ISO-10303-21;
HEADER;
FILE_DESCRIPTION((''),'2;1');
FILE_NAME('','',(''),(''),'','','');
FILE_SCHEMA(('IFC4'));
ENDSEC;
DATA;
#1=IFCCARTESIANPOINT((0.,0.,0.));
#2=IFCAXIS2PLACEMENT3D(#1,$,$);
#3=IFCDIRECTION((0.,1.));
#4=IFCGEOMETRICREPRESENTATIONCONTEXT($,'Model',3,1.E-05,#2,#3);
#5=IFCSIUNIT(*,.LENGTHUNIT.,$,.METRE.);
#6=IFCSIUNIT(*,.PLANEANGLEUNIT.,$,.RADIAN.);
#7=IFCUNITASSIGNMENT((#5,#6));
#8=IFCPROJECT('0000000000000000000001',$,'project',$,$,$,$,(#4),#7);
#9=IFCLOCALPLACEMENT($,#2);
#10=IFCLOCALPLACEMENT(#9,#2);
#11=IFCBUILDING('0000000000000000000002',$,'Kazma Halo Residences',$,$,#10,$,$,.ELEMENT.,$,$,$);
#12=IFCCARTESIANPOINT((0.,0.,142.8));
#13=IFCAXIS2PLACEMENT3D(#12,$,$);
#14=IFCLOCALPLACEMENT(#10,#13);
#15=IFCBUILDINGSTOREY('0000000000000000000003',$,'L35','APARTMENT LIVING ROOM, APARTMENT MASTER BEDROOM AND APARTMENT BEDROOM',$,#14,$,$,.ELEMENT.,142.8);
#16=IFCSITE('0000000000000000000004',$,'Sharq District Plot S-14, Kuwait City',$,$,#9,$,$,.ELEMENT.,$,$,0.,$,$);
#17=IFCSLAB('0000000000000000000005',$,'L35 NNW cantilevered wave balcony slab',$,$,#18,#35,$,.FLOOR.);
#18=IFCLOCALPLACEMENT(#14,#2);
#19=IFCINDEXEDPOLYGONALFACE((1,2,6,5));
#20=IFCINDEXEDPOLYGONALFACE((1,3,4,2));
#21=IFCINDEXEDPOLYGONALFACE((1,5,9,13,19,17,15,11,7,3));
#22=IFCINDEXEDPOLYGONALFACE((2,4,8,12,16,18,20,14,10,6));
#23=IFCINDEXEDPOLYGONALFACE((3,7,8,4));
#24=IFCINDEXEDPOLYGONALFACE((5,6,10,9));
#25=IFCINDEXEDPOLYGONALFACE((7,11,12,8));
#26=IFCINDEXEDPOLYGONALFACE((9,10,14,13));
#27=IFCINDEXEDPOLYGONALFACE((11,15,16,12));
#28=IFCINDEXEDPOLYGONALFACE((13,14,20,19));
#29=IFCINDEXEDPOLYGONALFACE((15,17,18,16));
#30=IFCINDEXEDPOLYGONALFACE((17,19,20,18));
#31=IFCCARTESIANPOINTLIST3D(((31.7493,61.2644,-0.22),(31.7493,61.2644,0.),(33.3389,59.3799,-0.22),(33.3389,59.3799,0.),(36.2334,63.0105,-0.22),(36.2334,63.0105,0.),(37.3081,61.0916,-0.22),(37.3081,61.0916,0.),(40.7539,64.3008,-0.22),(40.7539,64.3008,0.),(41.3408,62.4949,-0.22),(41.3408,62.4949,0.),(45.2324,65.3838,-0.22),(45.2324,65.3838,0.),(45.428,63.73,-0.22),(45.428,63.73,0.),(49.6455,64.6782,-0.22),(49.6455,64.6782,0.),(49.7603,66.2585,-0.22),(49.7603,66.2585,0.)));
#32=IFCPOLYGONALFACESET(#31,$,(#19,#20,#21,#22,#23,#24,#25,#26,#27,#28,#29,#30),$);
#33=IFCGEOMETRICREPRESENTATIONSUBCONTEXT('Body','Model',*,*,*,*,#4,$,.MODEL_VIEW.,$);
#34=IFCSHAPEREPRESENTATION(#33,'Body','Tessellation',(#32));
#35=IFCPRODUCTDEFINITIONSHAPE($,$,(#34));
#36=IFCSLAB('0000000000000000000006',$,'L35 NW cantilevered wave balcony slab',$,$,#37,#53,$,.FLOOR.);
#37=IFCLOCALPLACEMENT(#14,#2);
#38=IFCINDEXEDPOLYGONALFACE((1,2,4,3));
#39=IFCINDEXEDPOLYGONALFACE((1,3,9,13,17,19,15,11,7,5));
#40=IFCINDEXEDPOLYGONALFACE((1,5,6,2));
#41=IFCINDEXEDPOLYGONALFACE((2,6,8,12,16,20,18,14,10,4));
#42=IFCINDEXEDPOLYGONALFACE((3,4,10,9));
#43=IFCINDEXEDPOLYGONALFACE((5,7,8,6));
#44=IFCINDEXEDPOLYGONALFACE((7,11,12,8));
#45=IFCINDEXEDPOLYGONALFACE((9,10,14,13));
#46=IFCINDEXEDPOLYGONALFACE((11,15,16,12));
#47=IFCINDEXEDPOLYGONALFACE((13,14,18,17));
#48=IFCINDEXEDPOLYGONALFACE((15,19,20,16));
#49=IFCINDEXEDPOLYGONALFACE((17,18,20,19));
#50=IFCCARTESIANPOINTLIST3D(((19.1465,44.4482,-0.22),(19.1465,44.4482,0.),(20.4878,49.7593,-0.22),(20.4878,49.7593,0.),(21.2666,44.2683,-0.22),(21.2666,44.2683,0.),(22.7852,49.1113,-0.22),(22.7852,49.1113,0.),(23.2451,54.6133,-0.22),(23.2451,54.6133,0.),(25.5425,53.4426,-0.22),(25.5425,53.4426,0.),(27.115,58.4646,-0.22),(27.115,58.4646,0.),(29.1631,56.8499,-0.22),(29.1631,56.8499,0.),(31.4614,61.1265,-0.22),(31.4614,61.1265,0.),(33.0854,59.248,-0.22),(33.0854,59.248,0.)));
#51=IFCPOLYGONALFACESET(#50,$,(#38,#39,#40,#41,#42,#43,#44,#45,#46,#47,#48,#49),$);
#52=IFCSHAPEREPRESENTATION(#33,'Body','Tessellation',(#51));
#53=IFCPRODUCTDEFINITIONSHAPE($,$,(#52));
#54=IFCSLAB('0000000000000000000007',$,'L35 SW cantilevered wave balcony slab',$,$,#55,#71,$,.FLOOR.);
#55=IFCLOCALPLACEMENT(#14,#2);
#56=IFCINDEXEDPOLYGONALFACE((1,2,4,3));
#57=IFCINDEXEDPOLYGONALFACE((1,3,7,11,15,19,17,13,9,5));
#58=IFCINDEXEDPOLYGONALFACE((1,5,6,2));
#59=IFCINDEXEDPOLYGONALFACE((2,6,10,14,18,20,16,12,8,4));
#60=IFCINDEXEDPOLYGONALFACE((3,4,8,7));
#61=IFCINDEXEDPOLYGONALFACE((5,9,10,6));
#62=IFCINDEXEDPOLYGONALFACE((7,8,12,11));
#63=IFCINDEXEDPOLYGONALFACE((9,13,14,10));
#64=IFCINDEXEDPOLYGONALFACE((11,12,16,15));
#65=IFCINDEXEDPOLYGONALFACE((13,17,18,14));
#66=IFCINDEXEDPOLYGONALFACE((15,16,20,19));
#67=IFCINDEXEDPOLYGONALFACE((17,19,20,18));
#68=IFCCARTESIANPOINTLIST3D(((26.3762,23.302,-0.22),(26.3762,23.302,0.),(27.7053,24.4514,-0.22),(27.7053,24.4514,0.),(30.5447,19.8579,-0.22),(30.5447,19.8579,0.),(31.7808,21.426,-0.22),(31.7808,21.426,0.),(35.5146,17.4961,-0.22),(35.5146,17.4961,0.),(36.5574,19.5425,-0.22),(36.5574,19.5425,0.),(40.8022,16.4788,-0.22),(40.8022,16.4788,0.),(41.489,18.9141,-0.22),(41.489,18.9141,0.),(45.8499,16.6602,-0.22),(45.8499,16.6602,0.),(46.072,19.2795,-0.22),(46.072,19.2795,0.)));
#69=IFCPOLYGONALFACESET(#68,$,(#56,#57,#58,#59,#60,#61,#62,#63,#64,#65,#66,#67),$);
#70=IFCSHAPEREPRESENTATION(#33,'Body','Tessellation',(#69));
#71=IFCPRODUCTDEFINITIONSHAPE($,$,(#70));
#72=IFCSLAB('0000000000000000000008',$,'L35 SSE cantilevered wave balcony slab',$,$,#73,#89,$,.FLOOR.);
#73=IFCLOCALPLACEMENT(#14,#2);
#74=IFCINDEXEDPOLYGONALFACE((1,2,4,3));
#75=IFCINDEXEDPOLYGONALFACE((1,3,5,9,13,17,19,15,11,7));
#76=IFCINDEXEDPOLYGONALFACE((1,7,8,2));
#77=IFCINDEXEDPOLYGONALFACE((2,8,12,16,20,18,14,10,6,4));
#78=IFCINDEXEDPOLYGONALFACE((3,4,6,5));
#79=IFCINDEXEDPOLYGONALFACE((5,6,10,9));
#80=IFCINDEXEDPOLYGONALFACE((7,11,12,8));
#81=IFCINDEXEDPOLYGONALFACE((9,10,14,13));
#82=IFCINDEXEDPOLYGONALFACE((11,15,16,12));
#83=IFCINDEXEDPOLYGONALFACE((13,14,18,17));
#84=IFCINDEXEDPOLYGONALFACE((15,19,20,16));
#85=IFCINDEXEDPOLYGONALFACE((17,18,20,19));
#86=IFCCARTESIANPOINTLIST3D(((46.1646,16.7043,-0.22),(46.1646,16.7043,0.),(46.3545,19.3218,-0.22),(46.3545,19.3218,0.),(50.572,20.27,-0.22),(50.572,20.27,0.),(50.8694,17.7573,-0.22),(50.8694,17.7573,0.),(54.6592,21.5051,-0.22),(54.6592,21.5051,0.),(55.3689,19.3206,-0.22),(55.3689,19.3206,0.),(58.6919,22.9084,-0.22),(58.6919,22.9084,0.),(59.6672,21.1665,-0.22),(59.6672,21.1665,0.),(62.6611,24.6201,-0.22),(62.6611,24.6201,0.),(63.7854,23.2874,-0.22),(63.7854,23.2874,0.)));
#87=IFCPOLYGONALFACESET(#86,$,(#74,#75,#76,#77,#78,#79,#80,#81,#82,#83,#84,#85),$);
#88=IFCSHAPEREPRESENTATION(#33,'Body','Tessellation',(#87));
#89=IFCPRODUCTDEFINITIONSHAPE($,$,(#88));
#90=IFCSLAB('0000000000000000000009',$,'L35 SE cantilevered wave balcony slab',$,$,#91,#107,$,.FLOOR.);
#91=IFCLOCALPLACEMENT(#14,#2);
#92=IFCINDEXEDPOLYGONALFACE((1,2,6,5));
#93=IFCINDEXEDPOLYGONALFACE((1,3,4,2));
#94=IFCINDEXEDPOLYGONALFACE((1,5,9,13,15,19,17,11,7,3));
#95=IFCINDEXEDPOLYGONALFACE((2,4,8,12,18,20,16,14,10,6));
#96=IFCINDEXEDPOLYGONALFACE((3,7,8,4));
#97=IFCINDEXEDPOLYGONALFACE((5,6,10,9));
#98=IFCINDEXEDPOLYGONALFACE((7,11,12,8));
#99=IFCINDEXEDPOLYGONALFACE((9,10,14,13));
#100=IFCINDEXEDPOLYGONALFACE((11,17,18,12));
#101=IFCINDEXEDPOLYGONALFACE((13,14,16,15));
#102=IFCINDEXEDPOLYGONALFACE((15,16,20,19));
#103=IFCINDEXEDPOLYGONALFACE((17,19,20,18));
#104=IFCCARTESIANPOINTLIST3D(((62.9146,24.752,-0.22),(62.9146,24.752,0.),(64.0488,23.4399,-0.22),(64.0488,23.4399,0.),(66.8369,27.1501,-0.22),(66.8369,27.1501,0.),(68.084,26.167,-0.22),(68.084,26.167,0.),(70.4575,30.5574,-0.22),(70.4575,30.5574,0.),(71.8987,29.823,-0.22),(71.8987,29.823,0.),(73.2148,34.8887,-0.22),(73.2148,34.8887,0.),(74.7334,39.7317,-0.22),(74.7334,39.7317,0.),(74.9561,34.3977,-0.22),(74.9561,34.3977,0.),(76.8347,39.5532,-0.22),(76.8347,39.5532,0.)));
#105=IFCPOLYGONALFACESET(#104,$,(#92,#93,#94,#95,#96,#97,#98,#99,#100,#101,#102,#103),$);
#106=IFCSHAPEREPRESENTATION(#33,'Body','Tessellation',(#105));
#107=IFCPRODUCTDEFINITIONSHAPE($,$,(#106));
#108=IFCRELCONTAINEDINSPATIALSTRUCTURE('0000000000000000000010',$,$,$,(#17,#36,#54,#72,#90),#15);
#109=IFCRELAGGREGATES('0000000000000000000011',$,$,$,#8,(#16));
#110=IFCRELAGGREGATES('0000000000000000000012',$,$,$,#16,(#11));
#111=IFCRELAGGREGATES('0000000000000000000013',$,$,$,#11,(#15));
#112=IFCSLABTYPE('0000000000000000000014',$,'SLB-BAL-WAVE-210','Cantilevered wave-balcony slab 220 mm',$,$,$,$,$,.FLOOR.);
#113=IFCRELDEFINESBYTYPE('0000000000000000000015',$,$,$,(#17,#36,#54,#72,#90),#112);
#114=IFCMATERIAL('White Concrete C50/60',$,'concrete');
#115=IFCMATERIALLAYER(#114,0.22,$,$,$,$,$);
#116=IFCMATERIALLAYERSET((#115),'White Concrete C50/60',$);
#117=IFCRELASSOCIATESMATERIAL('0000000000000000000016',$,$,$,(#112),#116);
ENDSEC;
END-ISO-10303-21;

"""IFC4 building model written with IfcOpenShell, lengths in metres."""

from ifc_helpers import new_model, si_unit, direction, frame, origin, place, context, subcontext, project, spatial, polyline, outline, extrude, material, layer, layer_set, type_object, element, save


model = new_model("IFC4")

# Units and contexts
model_context = context("Model", 3, precision=1e-05, world=origin(), true_north=direction((0.0, 1.0)))
body_context = subcontext(model_context, "Body", "Model", "MODEL_VIEW")
ifc_project = project(units=[si_unit("LENGTHUNIT", "METRE"), si_unit("PLANEANGLEUNIT", "RADIAN")], contexts=[model_context])

# Site, building, storey
site_placement = place(None, origin())
site = spatial("IfcSite", under=ifc_project, at=site_placement, Name="Sharq District Plot S-14, Kuwait City", CompositionType="ELEMENT", RefElevation=0.0)
building_placement = place(site_placement, origin())
building = spatial("IfcBuilding", under=site, at=building_placement, Name="Kazma Halo Residences", CompositionType="ELEMENT")
storey_placement = place(building_placement, frame((0.0, 0.0, 142.8)))
storey = spatial("IfcBuildingStorey", under=building, at=storey_placement, Name="L35", Description="APARTMENT LIVING ROOM, APARTMENT MASTER BEDROOM AND APARTMENT BEDROOM", CompositionType="ELEMENT", Elevation=142.8)

# Slabs
ifc_material_1 = material(Name="White Concrete C50/60", Category="concrete")
ifc_layer_1 = layer(ifc_material_1, 0.22)
ifc_layer_set_1 = layer_set([ifc_layer_1], Name="White Concrete C50/60")
slab_type_1 = type_object("IfcSlabType", Name="SLB-BAL-WAVE-210", Description="Cantilevered wave-balcony slab 220 mm", PredefinedType="FLOOR", material=ifc_layer_set_1)
slab_1_placement = place(storey_placement, frame((0.0, 0.0, -0.22)))
element("IfcSlab", 1, at=slab_1_placement, inside=storey, type_object=slab_type_1, Name="L35 NNW cantilevered wave balcony slab", PredefinedType="FLOOR", context=body_context, shape_type="SweptSolid", body=[
    extrude(outline(polyline([(49.6455, 64.6782), (45.428, 63.73), (41.3408, 62.4949), (37.3081, 61.0916), (33.3389, 59.3799), (31.7493, 61.2644), (36.2334, 63.0105), (40.7539, 64.3008), (45.2324, 65.3838), (49.7603, 66.2585), (49.6455, 64.6782)])), origin(), (0.0, 0.0, 1.0), 0.22),
])
slab_2_placement = place(storey_placement, frame((0.0, 0.0, -0.22)))
element("IfcSlab", 2, at=slab_2_placement, inside=storey, type_object=slab_type_1, Name="L35 NW cantilevered wave balcony slab", PredefinedType="FLOOR", context=body_context, shape_type="SweptSolid", body=[
    extrude(outline(polyline([(33.0854, 59.248), (29.1631, 56.8499), (25.5425, 53.4426), (22.7852, 49.1113), (21.2666, 44.2683), (19.1465, 44.4482), (20.4878, 49.7593), (23.2451, 54.6133), (27.115, 58.4646), (31.4614, 61.1265), (33.0854, 59.248)])), origin(), (0.0, 0.0, 1.0), 0.22),
])
slab_3_placement = place(storey_placement, frame((0.0, 0.0, -0.22)))
element("IfcSlab", 3, at=slab_3_placement, inside=storey, type_object=slab_type_1, Name="L35 SW cantilevered wave balcony slab", PredefinedType="FLOOR", context=body_context, shape_type="SweptSolid", body=[
    extrude(outline(polyline([(27.7053, 24.4514), (31.7808, 21.426), (36.5574, 19.5425), (41.489, 18.9141), (46.072, 19.2795), (45.8499, 16.6602), (40.8022, 16.4788), (35.5146, 17.4961), (30.5447, 19.8579), (26.3762, 23.302), (27.7053, 24.4514)])), origin(), (0.0, 0.0, 1.0), 0.22),
])
slab_4_placement = place(storey_placement, frame((0.0, 0.0, -0.22)))
element("IfcSlab", 4, at=slab_4_placement, inside=storey, type_object=slab_type_1, Name="L35 SSE cantilevered wave balcony slab", PredefinedType="FLOOR", context=body_context, shape_type="SweptSolid", body=[
    extrude(outline(polyline([(46.3545, 19.3218), (50.572, 20.27), (54.6592, 21.5051), (58.6919, 22.9084), (62.6611, 24.6201), (63.7854, 23.2874), (59.6672, 21.1665), (55.3689, 19.3206), (50.8694, 17.7573), (46.1646, 16.7043), (46.3545, 19.3218)])), origin(), (0.0, 0.0, 1.0), 0.22),
])
slab_5_placement = place(storey_placement, frame((0.0, 0.0, -0.22)))
element("IfcSlab", 5, at=slab_5_placement, inside=storey, type_object=slab_type_1, Name="L35 SE cantilevered wave balcony slab", PredefinedType="FLOOR", context=body_context, shape_type="SweptSolid", body=[
    extrude(outline(polyline([(62.9146, 24.752), (66.8369, 27.1501), (70.4575, 30.5574), (73.2148, 34.8887), (74.7334, 39.7317), (76.8347, 39.5532), (74.9561, 34.3977), (71.8987, 29.823), (68.084, 26.167), (64.0488, 23.4399), (62.9146, 24.752)])), origin(), (0.0, 0.0, 1.0), 0.22),
])

save(model, "model.ifc")
